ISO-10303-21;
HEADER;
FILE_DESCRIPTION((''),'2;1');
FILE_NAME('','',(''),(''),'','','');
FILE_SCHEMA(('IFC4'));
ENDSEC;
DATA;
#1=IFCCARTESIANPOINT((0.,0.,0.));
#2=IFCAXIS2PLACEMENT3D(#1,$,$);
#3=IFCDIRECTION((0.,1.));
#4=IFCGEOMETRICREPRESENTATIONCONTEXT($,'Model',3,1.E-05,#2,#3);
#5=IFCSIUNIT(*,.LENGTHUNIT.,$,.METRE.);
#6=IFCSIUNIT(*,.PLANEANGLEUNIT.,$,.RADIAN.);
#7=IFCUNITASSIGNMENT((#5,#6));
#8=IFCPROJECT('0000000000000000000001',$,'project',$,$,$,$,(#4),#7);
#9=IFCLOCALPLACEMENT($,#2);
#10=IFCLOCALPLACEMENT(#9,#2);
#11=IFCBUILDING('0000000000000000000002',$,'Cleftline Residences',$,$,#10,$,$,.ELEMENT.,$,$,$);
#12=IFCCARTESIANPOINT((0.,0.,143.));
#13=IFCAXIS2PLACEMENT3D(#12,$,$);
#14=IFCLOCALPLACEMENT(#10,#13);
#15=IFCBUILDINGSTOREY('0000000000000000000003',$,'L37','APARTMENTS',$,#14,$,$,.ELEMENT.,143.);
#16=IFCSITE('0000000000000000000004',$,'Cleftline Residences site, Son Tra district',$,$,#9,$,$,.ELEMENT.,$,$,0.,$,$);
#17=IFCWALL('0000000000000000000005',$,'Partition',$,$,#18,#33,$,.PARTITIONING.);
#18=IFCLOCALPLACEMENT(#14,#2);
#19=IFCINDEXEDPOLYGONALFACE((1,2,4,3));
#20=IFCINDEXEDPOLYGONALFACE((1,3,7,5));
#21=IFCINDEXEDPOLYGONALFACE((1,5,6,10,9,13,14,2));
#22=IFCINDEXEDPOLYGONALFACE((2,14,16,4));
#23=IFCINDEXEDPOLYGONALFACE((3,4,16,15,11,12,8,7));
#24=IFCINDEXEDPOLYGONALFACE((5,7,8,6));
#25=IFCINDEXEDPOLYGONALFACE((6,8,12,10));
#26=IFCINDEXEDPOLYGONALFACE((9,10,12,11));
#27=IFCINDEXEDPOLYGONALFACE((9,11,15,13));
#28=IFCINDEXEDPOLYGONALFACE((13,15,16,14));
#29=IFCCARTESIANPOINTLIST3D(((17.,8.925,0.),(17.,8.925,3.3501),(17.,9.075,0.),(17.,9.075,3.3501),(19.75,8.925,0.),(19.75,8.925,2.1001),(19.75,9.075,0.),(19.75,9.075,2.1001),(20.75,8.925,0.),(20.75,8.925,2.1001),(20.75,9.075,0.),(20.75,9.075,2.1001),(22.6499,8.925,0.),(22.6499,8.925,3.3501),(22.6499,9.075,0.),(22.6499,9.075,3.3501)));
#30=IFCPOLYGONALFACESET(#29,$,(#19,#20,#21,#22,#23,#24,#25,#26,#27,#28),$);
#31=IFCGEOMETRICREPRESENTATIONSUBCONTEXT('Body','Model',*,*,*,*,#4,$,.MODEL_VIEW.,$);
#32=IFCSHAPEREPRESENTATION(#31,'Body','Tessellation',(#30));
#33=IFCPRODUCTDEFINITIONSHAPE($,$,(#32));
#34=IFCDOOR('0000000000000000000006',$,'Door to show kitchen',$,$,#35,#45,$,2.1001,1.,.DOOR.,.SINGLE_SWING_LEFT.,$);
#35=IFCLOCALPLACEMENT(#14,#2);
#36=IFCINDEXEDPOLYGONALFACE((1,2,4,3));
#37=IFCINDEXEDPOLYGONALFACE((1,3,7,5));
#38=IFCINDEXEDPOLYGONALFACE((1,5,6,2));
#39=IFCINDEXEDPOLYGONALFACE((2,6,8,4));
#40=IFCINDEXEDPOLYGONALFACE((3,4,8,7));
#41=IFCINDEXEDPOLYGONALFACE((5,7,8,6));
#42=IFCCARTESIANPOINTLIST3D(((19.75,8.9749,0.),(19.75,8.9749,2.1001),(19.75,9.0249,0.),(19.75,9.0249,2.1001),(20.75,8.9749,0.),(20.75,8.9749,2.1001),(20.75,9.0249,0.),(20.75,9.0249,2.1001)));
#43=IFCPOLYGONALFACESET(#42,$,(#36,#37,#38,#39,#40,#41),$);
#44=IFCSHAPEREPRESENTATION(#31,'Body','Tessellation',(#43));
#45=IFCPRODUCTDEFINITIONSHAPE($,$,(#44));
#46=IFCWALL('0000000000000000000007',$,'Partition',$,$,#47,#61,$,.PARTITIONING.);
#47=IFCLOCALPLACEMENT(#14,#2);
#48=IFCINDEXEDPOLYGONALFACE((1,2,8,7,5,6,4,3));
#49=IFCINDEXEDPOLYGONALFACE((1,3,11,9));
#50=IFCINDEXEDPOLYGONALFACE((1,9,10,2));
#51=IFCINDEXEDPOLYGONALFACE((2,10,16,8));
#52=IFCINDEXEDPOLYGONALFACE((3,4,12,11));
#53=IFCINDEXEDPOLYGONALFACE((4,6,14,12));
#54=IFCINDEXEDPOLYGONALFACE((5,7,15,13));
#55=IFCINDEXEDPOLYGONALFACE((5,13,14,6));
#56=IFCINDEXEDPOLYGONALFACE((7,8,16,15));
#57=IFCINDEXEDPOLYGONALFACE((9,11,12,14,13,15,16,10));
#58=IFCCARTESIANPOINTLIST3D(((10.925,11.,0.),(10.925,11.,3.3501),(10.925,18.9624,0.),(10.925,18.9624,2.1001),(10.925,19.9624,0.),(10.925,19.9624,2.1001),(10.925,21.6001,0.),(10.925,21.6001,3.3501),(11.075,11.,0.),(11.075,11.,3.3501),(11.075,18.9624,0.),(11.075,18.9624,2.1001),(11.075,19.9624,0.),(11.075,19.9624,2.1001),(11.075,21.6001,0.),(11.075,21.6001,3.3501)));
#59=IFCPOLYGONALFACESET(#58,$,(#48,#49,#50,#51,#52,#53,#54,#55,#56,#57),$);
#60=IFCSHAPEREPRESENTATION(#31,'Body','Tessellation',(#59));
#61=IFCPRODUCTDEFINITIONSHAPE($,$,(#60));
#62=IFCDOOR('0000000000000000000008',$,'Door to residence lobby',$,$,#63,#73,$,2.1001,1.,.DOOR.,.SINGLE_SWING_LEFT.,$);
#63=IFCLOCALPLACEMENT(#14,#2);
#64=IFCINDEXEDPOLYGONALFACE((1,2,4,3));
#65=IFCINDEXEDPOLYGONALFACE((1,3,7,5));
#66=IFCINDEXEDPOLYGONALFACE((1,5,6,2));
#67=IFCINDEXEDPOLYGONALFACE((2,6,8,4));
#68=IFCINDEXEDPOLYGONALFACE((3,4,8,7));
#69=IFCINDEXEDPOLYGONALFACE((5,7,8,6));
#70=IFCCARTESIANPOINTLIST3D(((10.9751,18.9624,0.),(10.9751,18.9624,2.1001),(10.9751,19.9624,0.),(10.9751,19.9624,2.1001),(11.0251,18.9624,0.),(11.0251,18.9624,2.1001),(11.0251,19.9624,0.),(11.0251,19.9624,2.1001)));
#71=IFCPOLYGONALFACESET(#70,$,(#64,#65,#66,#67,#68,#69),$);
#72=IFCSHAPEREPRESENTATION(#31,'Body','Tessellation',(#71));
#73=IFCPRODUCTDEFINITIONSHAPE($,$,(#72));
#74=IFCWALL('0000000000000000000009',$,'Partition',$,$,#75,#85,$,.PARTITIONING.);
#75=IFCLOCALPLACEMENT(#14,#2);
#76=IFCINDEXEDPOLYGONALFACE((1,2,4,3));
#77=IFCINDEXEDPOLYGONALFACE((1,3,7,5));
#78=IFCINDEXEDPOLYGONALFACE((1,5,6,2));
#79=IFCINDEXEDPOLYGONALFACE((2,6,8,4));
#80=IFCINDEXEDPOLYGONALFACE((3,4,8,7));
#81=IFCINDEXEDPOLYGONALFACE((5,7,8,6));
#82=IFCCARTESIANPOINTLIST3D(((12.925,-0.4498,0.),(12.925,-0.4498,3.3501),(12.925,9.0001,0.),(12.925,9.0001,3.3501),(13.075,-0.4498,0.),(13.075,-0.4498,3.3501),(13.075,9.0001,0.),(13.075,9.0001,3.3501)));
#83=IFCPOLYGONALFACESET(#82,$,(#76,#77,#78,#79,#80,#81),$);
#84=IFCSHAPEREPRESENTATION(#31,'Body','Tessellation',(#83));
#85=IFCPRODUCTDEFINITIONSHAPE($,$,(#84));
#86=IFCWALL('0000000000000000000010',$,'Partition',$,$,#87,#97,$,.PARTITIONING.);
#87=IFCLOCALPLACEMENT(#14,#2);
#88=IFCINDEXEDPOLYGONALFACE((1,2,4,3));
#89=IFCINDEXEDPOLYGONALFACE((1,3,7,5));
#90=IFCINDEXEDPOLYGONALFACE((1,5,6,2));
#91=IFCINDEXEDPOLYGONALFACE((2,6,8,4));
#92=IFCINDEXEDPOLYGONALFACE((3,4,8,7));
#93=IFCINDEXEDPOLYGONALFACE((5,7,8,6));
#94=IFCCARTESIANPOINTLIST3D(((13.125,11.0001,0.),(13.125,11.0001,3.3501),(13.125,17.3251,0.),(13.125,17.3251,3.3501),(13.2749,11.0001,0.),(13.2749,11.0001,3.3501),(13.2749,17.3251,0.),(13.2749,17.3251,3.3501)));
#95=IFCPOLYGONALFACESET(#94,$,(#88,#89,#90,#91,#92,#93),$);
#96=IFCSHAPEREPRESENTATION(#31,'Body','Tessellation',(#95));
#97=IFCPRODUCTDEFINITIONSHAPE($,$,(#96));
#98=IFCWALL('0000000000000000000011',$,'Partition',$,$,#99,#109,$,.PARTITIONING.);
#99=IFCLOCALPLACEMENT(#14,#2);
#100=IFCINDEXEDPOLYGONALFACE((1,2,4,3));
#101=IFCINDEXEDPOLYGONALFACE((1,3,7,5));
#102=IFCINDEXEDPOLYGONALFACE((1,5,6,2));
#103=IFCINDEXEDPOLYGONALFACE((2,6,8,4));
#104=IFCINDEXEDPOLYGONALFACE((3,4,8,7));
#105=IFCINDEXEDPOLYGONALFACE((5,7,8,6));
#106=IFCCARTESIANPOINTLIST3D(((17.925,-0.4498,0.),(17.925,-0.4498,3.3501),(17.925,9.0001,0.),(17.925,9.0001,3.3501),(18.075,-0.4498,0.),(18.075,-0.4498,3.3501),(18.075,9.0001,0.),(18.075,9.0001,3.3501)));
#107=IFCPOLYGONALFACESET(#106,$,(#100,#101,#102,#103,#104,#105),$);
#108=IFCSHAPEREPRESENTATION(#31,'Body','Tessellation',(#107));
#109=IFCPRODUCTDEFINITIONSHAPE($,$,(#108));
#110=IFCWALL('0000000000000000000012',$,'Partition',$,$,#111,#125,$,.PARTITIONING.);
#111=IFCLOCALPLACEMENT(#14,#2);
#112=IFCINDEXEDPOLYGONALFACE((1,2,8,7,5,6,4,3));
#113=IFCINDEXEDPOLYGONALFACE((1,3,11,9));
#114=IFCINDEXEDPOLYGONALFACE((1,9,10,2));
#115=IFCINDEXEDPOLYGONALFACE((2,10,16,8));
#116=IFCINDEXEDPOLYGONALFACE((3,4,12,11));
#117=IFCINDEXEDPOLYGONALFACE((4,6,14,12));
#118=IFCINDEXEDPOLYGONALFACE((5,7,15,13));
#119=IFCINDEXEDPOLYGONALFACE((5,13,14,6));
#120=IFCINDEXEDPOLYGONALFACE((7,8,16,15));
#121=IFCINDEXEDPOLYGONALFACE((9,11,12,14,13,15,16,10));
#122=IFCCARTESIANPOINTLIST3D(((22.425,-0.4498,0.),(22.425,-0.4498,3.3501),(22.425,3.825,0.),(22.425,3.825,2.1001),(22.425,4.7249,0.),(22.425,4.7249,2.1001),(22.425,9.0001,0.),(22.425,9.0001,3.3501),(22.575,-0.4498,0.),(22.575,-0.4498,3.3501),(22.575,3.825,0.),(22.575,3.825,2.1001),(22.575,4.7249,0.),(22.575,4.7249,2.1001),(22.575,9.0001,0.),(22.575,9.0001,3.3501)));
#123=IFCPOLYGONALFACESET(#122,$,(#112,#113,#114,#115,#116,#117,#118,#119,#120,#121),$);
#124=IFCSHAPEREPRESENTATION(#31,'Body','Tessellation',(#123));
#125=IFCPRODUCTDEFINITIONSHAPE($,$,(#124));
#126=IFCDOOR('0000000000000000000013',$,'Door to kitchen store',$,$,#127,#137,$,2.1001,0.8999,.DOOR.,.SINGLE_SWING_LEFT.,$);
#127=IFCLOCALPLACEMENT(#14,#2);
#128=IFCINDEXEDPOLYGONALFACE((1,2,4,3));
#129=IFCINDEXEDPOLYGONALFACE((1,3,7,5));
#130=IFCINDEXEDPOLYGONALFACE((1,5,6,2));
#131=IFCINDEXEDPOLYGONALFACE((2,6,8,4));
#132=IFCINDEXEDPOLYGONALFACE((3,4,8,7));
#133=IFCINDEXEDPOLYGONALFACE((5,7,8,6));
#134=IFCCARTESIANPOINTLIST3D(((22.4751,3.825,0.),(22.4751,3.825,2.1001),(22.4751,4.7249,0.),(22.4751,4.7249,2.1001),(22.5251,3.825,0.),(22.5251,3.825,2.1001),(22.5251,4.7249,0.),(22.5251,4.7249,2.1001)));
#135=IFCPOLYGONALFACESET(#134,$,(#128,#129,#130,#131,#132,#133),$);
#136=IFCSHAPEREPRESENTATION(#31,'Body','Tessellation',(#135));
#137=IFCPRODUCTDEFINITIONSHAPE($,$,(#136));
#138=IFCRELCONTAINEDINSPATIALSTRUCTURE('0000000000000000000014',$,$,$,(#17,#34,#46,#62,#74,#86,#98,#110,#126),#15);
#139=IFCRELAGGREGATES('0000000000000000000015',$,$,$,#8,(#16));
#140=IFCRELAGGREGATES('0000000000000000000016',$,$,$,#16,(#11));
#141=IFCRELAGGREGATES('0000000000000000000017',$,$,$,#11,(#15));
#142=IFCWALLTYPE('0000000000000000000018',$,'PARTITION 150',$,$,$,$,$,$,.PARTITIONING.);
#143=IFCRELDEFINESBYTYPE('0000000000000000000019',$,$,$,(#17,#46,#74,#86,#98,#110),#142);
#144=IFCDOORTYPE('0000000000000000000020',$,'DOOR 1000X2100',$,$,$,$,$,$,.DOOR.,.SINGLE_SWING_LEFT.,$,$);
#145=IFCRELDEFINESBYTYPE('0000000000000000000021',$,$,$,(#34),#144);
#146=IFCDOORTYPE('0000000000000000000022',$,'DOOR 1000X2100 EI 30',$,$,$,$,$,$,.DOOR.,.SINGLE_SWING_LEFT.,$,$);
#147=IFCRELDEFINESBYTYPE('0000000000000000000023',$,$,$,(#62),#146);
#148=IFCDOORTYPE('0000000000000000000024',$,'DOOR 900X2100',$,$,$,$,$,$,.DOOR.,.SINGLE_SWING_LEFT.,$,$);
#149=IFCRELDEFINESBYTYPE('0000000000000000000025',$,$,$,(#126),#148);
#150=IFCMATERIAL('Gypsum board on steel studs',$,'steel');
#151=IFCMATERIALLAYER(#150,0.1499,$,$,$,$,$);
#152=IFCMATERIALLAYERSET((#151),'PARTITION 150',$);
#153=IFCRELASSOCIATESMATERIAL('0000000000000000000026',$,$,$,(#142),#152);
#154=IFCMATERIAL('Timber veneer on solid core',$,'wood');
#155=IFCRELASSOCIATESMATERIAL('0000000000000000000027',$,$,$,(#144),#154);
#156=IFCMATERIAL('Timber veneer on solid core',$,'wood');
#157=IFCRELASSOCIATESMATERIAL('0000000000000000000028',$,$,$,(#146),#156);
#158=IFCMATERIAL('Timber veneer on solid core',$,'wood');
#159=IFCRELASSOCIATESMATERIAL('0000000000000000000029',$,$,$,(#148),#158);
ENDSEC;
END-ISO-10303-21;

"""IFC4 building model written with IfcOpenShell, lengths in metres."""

from ifc_helpers import new_model, si_unit, direction, frame, frame_2d, origin, place, context, subcontext, project, spatial, rectangle, extrude, material, layer, layer_set, type_object, element, fill, save


model = new_model("IFC4")

# Units and contexts
model_context = context("Model", 3, precision=1e-05, world=origin(), true_north=direction((0.0, 1.0)))
body_context = subcontext(model_context, "Body", "Model", "MODEL_VIEW")
ifc_project = project(units=[si_unit("LENGTHUNIT", "METRE"), si_unit("PLANEANGLEUNIT", "RADIAN")], contexts=[model_context])

# Site, building, storey
site_placement = place(None, origin())
site = spatial("IfcSite", under=ifc_project, at=site_placement, Name="Cleftline Residences site, Son Tra district", CompositionType="ELEMENT", RefElevation=0.0)
building_placement = place(site_placement, origin())
building = spatial("IfcBuilding", under=site, at=building_placement, Name="Cleftline Residences", CompositionType="ELEMENT")
storey_placement = place(building_placement, frame((0.0, 0.0, 143.0)))
storey = spatial("IfcBuildingStorey", under=building, at=storey_placement, Name="L37", Description="APARTMENTS", CompositionType="ELEMENT", Elevation=143.0)

# Shared definitions
ifc_material_1 = material(Name="Gypsum board on steel studs", Category="steel")
ifc_layer_1 = layer(ifc_material_1, 0.1499)
ifc_layer_set_1 = layer_set([ifc_layer_1], Name="PARTITION 150")
wall_type = type_object("IfcWallType", Name="PARTITION 150", PredefinedType="PARTITIONING", material=ifc_layer_set_1)
ifc_material_2 = material(Name="Timber veneer on solid core", Category="wood")
door_type_1 = type_object("IfcDoorType", Name="DOOR 1000X2100", OperationType="SINGLE_SWING_LEFT", PredefinedType="DOOR", material=ifc_material_2)

# Walls, openings, doors
wall_1_placement = place(storey_placement, frame((17.0, 9.0, 0.0), z_axis=(0.0, 0.0, 1.0), x_axis=(1.0, 0.0, 0.0)))
wall_1 = element("IfcWall", 1, at=wall_1_placement, inside=storey, type_object=wall_type, Name="Partition", PredefinedType="PARTITIONING", context=body_context, shape_type="SweptSolid", body=[
    extrude(rectangle(XDim=5.6499, YDim=0.1499, at=frame_2d((2.825, 0.0))), origin(), (0.0, 0.0, 1.0), 3.3501),
])
opening_1_placement = place(wall_1_placement, frame((2.75, 0.0, 0.0)))
opening_1 = element("IfcOpeningElement", 2, at=opening_1_placement, cuts=wall_1, PredefinedType="OPENING", context=body_context, shape_type="SweptSolid", body=[
    extrude(rectangle(XDim=1.0, YDim=2.1001, at=frame_2d((0.5, 1.05))), frame((0.0, 0.085, 0.0), z_axis=(0.0, -1.0, 0.0), x_axis=(1.0, 0.0, 0.0)), (0.0, 0.0, 1.0), 0.1699),
])
door_1_placement = place(opening_1_placement, origin())
door_1 = element("IfcDoor", 3, at=door_1_placement, inside=storey, type_object=door_type_1, Name="Door to show kitchen", OperationType="SINGLE_SWING_LEFT", OverallHeight=2.1001, OverallWidth=1.0, PredefinedType="DOOR", context=body_context, shape_type="SweptSolid", body=[
    extrude(rectangle(XDim=1.0, YDim=2.1001, at=frame_2d((0.5, 1.05))), frame((0.0, 0.0249, 0.0), z_axis=(0.0, -1.0, 0.0), x_axis=(1.0, 0.0, 0.0)), (0.0, 0.0, 1.0), 0.05),
])
fill(opening_1, door_1)
wall_2_placement = place(storey_placement, frame((11.0, 11.0, 0.0), z_axis=(0.0, 0.0, 1.0), x_axis=(0.0, 1.0, 0.0)))
wall_2 = element("IfcWall", 4, at=wall_2_placement, inside=storey, type_object=wall_type, Name="Partition", PredefinedType="PARTITIONING", context=body_context, shape_type="SweptSolid", body=[
    extrude(rectangle(XDim=10.6001, YDim=0.1499, at=frame_2d((5.3, 0.0))), origin(), (0.0, 0.0, 1.0), 3.3501),
])
opening_2_placement = place(wall_2_placement, frame((7.9624, 0.0, 0.0)))
opening_2 = element("IfcOpeningElement", 5, at=opening_2_placement, cuts=wall_2, PredefinedType="OPENING", context=body_context, shape_type="SweptSolid", body=[
    extrude(rectangle(XDim=1.0, YDim=2.1001, at=frame_2d((0.5, 1.05))), frame((0.0, 0.085, 0.0), z_axis=(0.0, -1.0, 0.0), x_axis=(1.0, 0.0, 0.0)), (0.0, 0.0, 1.0), 0.1699),
])
ifc_material_3 = material(Name="Timber veneer on solid core", Category="wood")
door_type_2 = type_object("IfcDoorType", Name="DOOR 1000X2100 EI 30", OperationType="SINGLE_SWING_LEFT", PredefinedType="DOOR", material=ifc_material_3)
door_2_placement = place(opening_2_placement, origin())
door_2 = element("IfcDoor", 6, at=door_2_placement, inside=storey, type_object=door_type_2, Name="Door to residence lobby", OperationType="SINGLE_SWING_LEFT", OverallHeight=2.1001, OverallWidth=1.0, PredefinedType="DOOR", context=body_context, shape_type="SweptSolid", body=[
    extrude(rectangle(XDim=1.0, YDim=2.1001, at=frame_2d((0.5, 1.05))), frame((0.0, 0.0249, 0.0), z_axis=(0.0, -1.0, 0.0), x_axis=(1.0, 0.0, 0.0)), (0.0, 0.0, 1.0), 0.05),
])
fill(opening_2, door_2)

# Walls
wall_3_placement = place(storey_placement, frame((13.0, -0.45, 0.0), z_axis=(0.0, 0.0, 1.0), x_axis=(0.0, 1.0, 0.0)))
element("IfcWall", 7, at=wall_3_placement, inside=storey, type_object=wall_type, Name="Partition", PredefinedType="PARTITIONING", context=body_context, shape_type="SweptSolid", body=[
    extrude(rectangle(XDim=9.45, YDim=0.1499, at=frame_2d((4.7251, 0.0))), origin(), (0.0, 0.0, 1.0), 3.3501),
])
wall_4_placement = place(storey_placement, frame((13.2, 11.0, 0.0), z_axis=(0.0, 0.0, 1.0), x_axis=(0.0, 1.0, 0.0)))
element("IfcWall", 8, at=wall_4_placement, inside=storey, type_object=wall_type, Name="Partition", PredefinedType="PARTITIONING", context=body_context, shape_type="SweptSolid", body=[
    extrude(rectangle(XDim=6.325, YDim=0.1499, at=frame_2d((3.1626, 0.0))), origin(), (0.0, 0.0, 1.0), 3.3501),
])
wall_5_placement = place(storey_placement, frame((18.0, -0.45, 0.0), z_axis=(0.0, 0.0, 1.0), x_axis=(0.0, 1.0, 0.0)))
element("IfcWall", 9, at=wall_5_placement, inside=storey, type_object=wall_type, Name="Partition", PredefinedType="PARTITIONING", context=body_context, shape_type="SweptSolid", body=[
    extrude(rectangle(XDim=9.45, YDim=0.1499, at=frame_2d((4.7251, 0.0))), origin(), (0.0, 0.0, 1.0), 3.3501),
])

# Wall, opening, door
wall_6_placement = place(storey_placement, frame((22.5, -0.45, 0.0), z_axis=(0.0, 0.0, 1.0), x_axis=(0.0, 1.0, 0.0)))
wall_6 = element("IfcWall", 10, at=wall_6_placement, inside=storey, type_object=wall_type, Name="Partition", PredefinedType="PARTITIONING", context=body_context, shape_type="SweptSolid", body=[
    extrude(rectangle(XDim=9.45, YDim=0.1499, at=frame_2d((4.7251, 0.0))), origin(), (0.0, 0.0, 1.0), 3.3501),
])
opening_3_placement = place(wall_6_placement, frame((4.2749, 0.0, 0.0)))
opening_3 = element("IfcOpeningElement", 11, at=opening_3_placement, cuts=wall_6, PredefinedType="OPENING", context=body_context, shape_type="SweptSolid", body=[
    extrude(rectangle(XDim=0.8999, YDim=2.1001, at=frame_2d((0.45, 1.05))), frame((0.0, 0.085, 0.0), z_axis=(0.0, -1.0, 0.0), x_axis=(1.0, 0.0, 0.0)), (0.0, 0.0, 1.0), 0.1699),
])
ifc_material_4 = material(Name="Timber veneer on solid core", Category="wood")
door_type_3 = type_object("IfcDoorType", Name="DOOR 900X2100", OperationType="SINGLE_SWING_LEFT", PredefinedType="DOOR", material=ifc_material_4)
door_3_placement = place(opening_3_placement, origin())
door_3 = element("IfcDoor", 12, at=door_3_placement, inside=storey, type_object=door_type_3, Name="Door to kitchen store", OperationType="SINGLE_SWING_LEFT", OverallHeight=2.1001, OverallWidth=0.8999, PredefinedType="DOOR", context=body_context, shape_type="SweptSolid", body=[
    extrude(rectangle(XDim=0.8999, YDim=2.1001, at=frame_2d((0.45, 1.05))), frame((0.0, 0.0249, 0.0), z_axis=(0.0, -1.0, 0.0), x_axis=(1.0, 0.0, 0.0)), (0.0, 0.0, 1.0), 0.05),
])
fill(opening_3, door_3)

save(model, "model.ifc")
